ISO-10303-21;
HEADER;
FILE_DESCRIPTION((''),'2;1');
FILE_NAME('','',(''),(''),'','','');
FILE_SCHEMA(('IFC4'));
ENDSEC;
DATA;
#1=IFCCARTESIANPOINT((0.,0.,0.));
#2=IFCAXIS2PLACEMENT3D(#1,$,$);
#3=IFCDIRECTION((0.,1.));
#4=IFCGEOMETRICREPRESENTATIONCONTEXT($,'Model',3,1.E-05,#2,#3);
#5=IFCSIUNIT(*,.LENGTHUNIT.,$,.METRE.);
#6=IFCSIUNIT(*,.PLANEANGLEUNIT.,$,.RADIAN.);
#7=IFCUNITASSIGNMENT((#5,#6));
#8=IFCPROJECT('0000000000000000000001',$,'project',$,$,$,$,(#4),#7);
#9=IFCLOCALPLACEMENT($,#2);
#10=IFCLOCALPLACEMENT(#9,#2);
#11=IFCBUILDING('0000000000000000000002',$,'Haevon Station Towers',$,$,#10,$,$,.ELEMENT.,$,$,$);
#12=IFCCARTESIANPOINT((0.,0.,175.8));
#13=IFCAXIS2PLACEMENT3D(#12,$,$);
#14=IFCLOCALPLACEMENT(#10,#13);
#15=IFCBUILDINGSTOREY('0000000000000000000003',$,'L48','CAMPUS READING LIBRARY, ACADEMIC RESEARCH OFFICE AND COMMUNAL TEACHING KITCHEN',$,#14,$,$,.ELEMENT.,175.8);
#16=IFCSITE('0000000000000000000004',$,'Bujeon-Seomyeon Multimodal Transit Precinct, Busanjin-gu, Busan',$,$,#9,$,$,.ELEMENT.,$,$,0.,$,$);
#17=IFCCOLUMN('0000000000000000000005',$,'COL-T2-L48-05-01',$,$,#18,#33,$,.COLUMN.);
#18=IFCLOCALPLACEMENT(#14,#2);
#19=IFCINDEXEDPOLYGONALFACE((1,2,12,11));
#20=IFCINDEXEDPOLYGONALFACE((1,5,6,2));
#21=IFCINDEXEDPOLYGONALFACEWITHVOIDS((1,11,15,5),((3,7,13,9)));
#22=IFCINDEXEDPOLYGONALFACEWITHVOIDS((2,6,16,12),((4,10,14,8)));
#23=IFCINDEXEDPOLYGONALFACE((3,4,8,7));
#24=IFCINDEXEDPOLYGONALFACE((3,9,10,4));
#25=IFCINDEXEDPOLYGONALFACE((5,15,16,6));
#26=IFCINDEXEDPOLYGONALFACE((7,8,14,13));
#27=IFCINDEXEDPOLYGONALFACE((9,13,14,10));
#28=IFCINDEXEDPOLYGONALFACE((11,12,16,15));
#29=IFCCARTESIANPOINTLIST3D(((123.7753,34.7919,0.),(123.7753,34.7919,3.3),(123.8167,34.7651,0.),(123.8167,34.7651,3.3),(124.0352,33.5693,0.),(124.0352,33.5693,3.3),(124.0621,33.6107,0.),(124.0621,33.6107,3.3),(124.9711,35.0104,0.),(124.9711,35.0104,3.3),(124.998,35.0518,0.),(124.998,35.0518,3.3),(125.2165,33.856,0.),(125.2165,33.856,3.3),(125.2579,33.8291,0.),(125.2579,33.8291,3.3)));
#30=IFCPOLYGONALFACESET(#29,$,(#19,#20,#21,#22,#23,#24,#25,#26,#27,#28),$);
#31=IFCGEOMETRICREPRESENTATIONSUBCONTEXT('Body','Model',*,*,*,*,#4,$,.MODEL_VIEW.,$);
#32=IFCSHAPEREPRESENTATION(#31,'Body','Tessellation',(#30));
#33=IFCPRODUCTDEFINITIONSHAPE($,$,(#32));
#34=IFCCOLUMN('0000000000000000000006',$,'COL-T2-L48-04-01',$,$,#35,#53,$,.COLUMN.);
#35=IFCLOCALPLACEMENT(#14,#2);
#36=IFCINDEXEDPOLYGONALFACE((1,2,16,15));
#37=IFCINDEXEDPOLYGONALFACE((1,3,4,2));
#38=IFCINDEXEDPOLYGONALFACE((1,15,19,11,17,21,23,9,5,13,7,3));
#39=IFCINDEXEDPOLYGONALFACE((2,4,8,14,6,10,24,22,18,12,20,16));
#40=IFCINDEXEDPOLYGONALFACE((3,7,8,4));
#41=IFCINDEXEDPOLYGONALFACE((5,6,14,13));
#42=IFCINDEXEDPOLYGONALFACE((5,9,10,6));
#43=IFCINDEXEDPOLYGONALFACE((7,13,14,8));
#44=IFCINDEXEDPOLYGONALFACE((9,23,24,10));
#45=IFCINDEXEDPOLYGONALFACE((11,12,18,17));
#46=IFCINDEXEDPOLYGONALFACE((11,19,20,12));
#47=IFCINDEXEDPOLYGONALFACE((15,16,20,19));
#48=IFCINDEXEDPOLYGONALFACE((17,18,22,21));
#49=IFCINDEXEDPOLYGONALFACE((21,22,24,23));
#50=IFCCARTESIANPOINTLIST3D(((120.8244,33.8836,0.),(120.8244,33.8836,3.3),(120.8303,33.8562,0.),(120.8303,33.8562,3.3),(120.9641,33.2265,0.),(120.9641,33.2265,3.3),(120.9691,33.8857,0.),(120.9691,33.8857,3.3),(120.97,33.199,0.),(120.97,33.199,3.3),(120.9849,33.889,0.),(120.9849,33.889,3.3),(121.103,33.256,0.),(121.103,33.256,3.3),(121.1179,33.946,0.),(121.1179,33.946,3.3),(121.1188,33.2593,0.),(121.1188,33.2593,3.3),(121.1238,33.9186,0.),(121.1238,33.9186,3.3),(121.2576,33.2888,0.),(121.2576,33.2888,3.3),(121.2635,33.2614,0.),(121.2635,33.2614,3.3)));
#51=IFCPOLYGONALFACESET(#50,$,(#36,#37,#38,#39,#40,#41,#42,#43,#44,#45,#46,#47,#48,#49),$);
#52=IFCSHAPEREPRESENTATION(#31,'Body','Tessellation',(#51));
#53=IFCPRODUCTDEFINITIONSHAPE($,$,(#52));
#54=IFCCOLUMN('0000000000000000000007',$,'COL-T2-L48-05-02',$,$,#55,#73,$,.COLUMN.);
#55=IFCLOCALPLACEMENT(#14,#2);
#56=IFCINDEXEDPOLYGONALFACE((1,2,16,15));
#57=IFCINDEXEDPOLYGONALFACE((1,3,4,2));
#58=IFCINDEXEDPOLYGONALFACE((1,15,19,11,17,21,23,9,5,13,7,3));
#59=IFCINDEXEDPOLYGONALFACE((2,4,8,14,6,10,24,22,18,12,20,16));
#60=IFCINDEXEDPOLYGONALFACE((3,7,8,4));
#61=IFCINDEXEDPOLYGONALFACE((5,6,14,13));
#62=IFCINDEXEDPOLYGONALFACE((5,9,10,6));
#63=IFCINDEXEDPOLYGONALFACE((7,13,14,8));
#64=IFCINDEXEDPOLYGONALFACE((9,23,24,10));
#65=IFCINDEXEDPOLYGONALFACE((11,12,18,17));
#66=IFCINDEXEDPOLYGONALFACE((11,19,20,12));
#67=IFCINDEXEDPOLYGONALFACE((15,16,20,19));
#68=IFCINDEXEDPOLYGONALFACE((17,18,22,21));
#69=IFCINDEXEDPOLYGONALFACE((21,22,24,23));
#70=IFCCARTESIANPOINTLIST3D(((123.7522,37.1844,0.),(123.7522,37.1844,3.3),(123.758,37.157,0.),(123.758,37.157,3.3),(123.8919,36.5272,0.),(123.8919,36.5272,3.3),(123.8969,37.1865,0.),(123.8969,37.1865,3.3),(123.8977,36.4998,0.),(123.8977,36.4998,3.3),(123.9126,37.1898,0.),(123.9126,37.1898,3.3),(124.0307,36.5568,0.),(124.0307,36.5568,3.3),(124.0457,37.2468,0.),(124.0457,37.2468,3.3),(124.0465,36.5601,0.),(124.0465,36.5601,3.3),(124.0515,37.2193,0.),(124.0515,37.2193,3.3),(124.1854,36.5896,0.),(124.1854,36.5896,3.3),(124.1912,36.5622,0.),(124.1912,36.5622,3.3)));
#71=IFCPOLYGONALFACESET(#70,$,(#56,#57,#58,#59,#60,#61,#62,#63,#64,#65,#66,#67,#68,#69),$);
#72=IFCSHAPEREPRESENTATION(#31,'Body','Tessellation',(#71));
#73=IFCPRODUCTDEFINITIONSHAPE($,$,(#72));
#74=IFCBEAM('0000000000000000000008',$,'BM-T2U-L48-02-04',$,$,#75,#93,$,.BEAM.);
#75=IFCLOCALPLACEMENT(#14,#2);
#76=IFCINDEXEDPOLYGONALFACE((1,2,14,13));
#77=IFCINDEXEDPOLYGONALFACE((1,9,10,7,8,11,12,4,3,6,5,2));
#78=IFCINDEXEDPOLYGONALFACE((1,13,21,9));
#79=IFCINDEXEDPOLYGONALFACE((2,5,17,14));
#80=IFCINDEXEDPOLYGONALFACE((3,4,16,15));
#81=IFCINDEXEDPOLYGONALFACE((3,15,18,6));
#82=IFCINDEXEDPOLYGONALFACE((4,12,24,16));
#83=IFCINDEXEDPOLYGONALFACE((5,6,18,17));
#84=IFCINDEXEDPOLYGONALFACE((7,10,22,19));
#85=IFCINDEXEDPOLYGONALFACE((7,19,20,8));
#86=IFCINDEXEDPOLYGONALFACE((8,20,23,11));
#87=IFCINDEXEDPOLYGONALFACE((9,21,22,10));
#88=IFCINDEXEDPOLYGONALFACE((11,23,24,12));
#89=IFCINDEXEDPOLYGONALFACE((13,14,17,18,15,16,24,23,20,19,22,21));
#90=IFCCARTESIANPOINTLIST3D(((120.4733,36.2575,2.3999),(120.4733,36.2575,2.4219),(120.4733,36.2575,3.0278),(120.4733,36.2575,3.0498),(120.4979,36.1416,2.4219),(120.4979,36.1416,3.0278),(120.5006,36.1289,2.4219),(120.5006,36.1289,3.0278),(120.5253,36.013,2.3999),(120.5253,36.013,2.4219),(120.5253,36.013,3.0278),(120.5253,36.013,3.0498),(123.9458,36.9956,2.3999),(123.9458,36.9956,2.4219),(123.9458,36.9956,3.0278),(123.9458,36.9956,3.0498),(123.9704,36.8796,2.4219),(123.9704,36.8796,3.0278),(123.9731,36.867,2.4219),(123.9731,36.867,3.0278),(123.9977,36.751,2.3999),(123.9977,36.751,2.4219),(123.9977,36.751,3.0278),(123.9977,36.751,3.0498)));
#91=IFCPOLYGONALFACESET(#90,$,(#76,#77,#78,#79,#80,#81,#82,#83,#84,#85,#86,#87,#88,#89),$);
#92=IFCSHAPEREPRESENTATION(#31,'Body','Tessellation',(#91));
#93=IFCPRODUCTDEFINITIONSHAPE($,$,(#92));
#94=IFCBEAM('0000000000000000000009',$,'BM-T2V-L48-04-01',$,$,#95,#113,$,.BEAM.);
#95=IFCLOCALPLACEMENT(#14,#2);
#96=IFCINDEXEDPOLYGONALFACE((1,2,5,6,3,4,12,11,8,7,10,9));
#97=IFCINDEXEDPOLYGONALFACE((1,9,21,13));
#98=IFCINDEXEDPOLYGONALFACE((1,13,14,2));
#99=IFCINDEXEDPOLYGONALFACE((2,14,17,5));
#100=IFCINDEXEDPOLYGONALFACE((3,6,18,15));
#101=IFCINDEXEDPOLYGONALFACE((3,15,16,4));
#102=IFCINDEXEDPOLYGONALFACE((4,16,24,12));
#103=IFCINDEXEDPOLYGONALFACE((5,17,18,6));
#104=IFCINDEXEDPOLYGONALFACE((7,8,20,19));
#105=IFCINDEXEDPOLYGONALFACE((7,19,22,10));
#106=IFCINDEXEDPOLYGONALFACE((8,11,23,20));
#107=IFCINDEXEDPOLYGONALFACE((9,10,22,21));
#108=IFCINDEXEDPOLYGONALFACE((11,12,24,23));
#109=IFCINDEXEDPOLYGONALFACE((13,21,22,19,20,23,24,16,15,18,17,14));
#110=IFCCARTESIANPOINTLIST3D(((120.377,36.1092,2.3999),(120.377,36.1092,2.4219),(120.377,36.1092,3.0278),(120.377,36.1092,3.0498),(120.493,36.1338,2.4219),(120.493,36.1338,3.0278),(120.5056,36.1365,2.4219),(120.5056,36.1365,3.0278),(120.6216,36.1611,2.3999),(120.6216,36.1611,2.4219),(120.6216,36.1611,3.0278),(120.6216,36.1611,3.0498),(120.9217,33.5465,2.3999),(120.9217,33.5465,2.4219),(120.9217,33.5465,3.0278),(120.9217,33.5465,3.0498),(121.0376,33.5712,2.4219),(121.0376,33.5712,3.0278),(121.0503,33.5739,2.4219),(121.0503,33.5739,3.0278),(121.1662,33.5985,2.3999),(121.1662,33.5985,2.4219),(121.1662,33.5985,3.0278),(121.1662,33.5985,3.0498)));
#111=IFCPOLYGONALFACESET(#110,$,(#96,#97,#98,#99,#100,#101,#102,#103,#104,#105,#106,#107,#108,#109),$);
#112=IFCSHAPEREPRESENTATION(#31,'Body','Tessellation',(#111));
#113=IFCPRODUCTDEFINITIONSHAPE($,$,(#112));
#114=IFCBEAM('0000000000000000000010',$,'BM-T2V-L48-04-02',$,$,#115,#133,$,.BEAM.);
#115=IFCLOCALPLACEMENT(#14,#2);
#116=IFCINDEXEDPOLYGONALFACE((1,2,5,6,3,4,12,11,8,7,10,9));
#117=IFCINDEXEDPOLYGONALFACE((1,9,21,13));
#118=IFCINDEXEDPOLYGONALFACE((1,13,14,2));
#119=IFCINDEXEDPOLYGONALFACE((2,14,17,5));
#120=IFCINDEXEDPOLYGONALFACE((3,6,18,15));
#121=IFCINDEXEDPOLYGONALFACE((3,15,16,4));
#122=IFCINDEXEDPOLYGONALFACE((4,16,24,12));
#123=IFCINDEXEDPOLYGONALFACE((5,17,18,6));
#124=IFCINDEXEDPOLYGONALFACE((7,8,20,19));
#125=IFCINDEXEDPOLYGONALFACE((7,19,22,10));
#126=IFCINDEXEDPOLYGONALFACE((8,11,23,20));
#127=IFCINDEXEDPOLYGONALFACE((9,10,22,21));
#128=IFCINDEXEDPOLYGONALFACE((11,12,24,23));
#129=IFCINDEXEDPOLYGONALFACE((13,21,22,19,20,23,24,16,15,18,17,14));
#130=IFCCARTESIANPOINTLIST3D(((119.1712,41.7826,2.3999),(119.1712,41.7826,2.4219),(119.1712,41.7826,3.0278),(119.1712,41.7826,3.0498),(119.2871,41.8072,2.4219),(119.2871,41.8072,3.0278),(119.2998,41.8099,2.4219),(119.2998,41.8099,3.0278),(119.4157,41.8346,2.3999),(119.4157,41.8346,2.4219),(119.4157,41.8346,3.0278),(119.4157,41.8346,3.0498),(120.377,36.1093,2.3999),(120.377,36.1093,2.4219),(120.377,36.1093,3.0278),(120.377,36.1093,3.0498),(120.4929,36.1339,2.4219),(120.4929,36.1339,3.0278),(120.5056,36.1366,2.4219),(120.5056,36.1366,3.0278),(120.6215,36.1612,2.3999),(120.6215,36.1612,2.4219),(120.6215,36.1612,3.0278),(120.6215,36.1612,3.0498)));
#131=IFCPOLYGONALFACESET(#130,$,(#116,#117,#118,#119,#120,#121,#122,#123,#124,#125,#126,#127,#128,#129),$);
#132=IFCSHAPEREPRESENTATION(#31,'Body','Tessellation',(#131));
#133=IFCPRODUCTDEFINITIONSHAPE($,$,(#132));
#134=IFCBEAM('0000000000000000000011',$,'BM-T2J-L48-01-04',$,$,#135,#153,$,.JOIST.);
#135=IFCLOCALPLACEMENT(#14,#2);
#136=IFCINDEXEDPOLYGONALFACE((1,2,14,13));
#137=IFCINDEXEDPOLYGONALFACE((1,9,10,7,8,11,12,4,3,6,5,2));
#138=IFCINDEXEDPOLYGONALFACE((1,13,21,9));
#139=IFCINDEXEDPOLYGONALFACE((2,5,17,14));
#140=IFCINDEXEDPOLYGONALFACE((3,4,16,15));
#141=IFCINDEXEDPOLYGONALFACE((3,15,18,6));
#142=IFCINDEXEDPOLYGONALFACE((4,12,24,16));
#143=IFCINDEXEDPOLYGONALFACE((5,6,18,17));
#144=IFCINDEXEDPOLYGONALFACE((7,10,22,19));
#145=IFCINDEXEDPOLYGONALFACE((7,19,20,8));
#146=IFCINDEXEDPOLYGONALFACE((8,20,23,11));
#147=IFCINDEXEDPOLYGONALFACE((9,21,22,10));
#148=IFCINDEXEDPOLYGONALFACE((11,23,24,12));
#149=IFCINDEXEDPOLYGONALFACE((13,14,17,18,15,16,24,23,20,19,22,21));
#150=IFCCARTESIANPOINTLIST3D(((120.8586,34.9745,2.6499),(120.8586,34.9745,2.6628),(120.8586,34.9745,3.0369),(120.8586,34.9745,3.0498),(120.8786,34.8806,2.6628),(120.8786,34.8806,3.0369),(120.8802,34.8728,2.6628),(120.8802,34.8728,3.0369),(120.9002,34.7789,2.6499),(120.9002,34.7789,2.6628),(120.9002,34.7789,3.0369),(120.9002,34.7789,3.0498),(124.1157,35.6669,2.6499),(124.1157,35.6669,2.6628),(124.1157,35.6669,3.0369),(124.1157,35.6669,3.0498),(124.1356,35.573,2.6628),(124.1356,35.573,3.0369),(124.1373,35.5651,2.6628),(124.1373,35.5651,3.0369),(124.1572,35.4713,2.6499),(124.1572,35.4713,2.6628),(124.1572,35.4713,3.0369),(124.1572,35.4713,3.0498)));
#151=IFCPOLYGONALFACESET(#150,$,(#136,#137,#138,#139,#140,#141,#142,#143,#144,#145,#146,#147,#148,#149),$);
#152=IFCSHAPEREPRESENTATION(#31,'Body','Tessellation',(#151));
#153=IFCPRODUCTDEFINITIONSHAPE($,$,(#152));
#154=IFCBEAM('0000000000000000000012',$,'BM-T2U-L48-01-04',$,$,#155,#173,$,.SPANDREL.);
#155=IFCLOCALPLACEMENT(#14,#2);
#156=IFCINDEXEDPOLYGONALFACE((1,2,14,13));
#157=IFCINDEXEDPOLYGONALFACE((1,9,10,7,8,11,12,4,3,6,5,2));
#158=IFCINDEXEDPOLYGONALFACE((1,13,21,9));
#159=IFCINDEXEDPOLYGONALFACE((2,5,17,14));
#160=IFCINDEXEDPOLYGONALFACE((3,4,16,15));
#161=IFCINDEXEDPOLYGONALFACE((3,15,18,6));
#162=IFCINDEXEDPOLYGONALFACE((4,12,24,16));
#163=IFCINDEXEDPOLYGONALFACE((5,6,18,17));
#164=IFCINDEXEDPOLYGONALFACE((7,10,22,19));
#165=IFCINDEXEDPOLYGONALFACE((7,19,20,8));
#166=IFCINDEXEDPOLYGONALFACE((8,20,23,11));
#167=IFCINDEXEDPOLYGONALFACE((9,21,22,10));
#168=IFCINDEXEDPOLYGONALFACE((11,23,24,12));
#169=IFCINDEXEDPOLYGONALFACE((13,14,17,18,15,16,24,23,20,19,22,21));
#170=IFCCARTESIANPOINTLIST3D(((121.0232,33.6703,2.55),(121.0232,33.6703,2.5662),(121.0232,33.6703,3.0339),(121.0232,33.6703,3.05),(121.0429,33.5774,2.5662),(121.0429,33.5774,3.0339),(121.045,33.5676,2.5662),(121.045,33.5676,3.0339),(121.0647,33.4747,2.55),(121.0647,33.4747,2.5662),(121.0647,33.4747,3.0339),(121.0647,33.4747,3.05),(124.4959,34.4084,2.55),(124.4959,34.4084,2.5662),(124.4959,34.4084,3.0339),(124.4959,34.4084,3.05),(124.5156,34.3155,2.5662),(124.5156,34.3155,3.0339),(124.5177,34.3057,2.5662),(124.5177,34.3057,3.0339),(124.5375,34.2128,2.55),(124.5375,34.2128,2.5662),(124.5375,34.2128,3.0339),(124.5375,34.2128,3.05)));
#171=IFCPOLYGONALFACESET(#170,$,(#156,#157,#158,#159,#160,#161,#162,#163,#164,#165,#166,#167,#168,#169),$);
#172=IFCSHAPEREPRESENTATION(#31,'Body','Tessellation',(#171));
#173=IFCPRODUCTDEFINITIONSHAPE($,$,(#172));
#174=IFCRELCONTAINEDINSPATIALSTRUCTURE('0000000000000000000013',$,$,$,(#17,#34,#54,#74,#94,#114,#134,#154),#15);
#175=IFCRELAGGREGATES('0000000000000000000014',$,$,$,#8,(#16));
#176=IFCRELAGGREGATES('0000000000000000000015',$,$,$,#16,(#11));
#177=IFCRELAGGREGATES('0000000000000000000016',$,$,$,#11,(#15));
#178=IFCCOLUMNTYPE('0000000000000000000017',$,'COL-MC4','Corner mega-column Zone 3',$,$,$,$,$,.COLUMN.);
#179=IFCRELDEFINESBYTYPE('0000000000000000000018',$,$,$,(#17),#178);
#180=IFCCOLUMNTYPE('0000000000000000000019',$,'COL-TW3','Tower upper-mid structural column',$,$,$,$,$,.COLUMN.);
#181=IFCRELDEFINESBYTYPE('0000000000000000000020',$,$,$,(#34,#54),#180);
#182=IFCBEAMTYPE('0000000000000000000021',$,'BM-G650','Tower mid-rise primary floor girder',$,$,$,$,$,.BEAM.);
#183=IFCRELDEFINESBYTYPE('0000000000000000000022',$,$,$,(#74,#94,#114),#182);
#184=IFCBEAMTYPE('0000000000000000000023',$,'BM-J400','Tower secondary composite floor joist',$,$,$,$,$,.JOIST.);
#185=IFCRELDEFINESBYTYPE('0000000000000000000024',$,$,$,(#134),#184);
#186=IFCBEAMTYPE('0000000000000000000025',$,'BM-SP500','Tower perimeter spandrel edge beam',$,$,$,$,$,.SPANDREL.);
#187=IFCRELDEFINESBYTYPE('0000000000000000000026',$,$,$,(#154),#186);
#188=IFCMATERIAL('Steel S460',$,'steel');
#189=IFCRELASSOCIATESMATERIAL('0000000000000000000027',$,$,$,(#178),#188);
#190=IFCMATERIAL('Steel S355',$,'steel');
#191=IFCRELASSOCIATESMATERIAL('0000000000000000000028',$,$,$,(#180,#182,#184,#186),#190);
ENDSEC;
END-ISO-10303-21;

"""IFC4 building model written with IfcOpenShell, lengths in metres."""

from ifc_helpers import new_model, si_unit, direction, frame, origin, origin_2d, place, context, subcontext, project, spatial, hollow_rectangle, i_section, extrude, material, material_profile, profile_set, type_object, element, save


model = new_model("IFC4")

# Units and contexts
model_context = context("Model", 3, precision=1e-05, world=origin(), true_north=direction((0.0, 1.0)))
body_context = subcontext(model_context, "Body", "Model", "MODEL_VIEW")
ifc_project = project(units=[si_unit("LENGTHUNIT", "METRE"), si_unit("PLANEANGLEUNIT", "RADIAN")], contexts=[model_context])

# Site, building, storey
site_placement = place(None, origin())
site = spatial("IfcSite", under=ifc_project, at=site_placement, Name="Bujeon-Seomyeon Multimodal Transit Precinct, Busanjin-gu, Busan", CompositionType="ELEMENT", RefElevation=0.0)
building_placement = place(site_placement, origin())
building = spatial("IfcBuilding", under=site, at=building_placement, Name="Haevon Station Towers", CompositionType="ELEMENT")
storey_placement = place(building_placement, frame((0.0, 0.0, 175.8)))
storey = spatial("IfcBuildingStorey", under=building, at=storey_placement, Name="L48", Description="CAMPUS READING LIBRARY, ACADEMIC RESEARCH OFFICE AND COMMUNAL TEACHING KITCHEN", CompositionType="ELEMENT", Elevation=175.8)

# Columns
ifc_material_1 = material(Name="Steel S460", Category="steel")
ifc_material_profile_1 = material_profile(ifc_material_1, hollow_rectangle(XDim=1.25, YDim=1.25, WallThickness=0.0349, at=origin_2d()), Name="BOX-1250x1250x35")
ifc_profile_set_1 = profile_set([ifc_material_profile_1], Name="Steel S460")
column_type_1 = type_object("IfcColumnType", Name="COL-MC4", Description="Corner mega-column Zone 3", PredefinedType="COLUMN", material=ifc_profile_set_1)
column_placement = place(storey_placement, frame((124.5166, 34.3105, 0.0), z_axis=(0.0, 0.0, 1.0), x_axis=(0.978148, 0.207912, 0.0)))
element("IfcColumn", 1, at=column_placement, inside=storey, type_object=column_type_1, Name="COL-T2-L48-05-01", PredefinedType="COLUMN", context=body_context, shape_type="SweptSolid", body=[
    extrude(hollow_rectangle(XDim=1.25, YDim=1.25, WallThickness=0.0349, at=origin_2d()), origin(), (0.0, 0.0, 1.0), 3.3),
])
ifc_material_2 = material(Name="Steel S355", Category="steel")
ifc_material_profile_2 = material_profile(ifc_material_2, i_section(OverallWidth=0.3, OverallDepth=0.7, WebThickness=0.0161, FlangeThickness=0.0281, at=origin_2d()), Name="H-700x300x16x28")
ifc_profile_set_2 = profile_set([ifc_material_profile_2], Name="Steel S355")
column_type_2 = type_object("IfcColumnType", Name="COL-TW3", Description="Tower upper-mid structural column", PredefinedType="COLUMN", material=ifc_profile_set_2)
for number, where, z_axis, x_axis, name in (
    (2, (121.0439, 33.5725, 0.0), (0.0, 0.0, 1.0), (0.978148, 0.207912, 0.0), "COL-T2-L48-04-01"),
    (3, (123.9717, 36.8733, 0.0), (0.0, 0.0, 1.0), (0.978148, 0.207912, 0.0), "COL-T2-L48-05-02"),
):
    element("IfcColumn", number, at=place(storey_placement, frame(where, z_axis=z_axis, x_axis=x_axis)), inside=storey, type_object=column_type_2, Name=name, PredefinedType="COLUMN", context=body_context, shape_type="SweptSolid", body=[
        extrude(i_section(OverallWidth=0.3, OverallDepth=0.7, WebThickness=0.0161, FlangeThickness=0.0281, at=origin_2d()), origin(), (0.0, 0.0, 1.0), 3.3),
    ])

# Beams
ifc_material_profile_3 = material_profile(ifc_material_2, i_section(OverallWidth=0.25, OverallDepth=0.6499, WebThickness=0.0129, FlangeThickness=0.022, at=origin_2d()), Name="H-650x250x13x22")
ifc_profile_set_3 = profile_set([ifc_material_profile_3], Name="Steel S355")
beam_type_1 = type_object("IfcBeamType", Name="BM-G650", Description="Tower mid-rise primary floor girder", PredefinedType="BEAM", material=ifc_profile_set_3)
beam_1_placement = place(storey_placement, frame((120.4993, 36.1353, 2.7249), z_axis=(0.97815, 0.207899, 0.0), x_axis=(-0.207899, 0.97815, 0.0)))
element("IfcBeam", 4, at=beam_1_placement, inside=storey, type_object=beam_type_1, Name="BM-T2U-L48-02-04", PredefinedType="BEAM", context=body_context, shape_type="SweptSolid", body=[
    extrude(i_section(OverallWidth=0.25, OverallDepth=0.6499, WebThickness=0.0129, FlangeThickness=0.022, at=origin_2d()), origin(), (0.0, 0.0, 1.0), 3.55),
])
beam_2_placement = place(storey_placement, frame((121.0439, 33.5725, 2.7249), z_axis=(-0.207893, 0.978152, 0.0), x_axis=(-0.978152, -0.207893, 0.0)))
element("IfcBeam", 5, at=beam_2_placement, inside=storey, type_object=beam_type_1, Name="BM-T2V-L48-04-01", PredefinedType="BEAM", context=body_context, shape_type="SweptSolid", body=[
    extrude(i_section(OverallWidth=0.25, OverallDepth=0.6499, WebThickness=0.0129, FlangeThickness=0.022, at=origin_2d()), origin(), (0.0, 0.0, 1.0), 2.6199),
])
beam_3_placement = place(storey_placement, frame((120.4993, 36.1353, 2.7249), z_axis=(-0.207896, 0.978151, 0.0), x_axis=(-0.978151, -0.207896, 0.0)))
element("IfcBeam", 6, at=beam_3_placement, inside=storey, type_object=beam_type_1, Name="BM-T2V-L48-04-02", PredefinedType="BEAM", context=body_context, shape_type="SweptSolid", body=[
    extrude(i_section(OverallWidth=0.25, OverallDepth=0.6499, WebThickness=0.0129, FlangeThickness=0.022, at=origin_2d()), origin(), (0.0, 0.0, 1.0), 5.8),
])
ifc_material_profile_4 = material_profile(ifc_material_2, i_section(OverallWidth=0.2, OverallDepth=0.3999, WebThickness=0.0081, FlangeThickness=0.0129, at=origin_2d()), Name="H-400x200x8x13")
ifc_profile_set_4 = profile_set([ifc_material_profile_4], Name="Steel S355")
beam_type_2 = type_object("IfcBeamType", Name="BM-J400", Description="Tower secondary composite floor joist", PredefinedType="JOIST", material=ifc_profile_set_4)
beam_4_placement = place(storey_placement, frame((120.8794, 34.8767, 2.8499), z_axis=(0.978143, 0.207932, 0.0), x_axis=(-0.207932, 0.978143, 0.0)))
element("IfcBeam", 7, at=beam_4_placement, inside=storey, type_object=beam_type_2, Name="BM-T2J-L48-01-04", PredefinedType="JOIST", context=body_context, shape_type="SweptSolid", body=[
    extrude(i_section(OverallWidth=0.2, OverallDepth=0.3999, WebThickness=0.0081, FlangeThickness=0.0129, at=origin_2d()), origin(), (0.0, 0.0, 1.0), 3.3298),
])
ifc_material_profile_5 = material_profile(ifc_material_2, i_section(OverallWidth=0.2, OverallDepth=0.5, WebThickness=0.01, FlangeThickness=0.0161, at=origin_2d()), Name="H-500x200x10x16")
ifc_profile_set_5 = profile_set([ifc_material_profile_5], Name="Steel S355")
beam_type_3 = type_object("IfcBeamType", Name="BM-SP500", Description="Tower perimeter spandrel edge beam", PredefinedType="SPANDREL", material=ifc_profile_set_5)
beam_5_placement = place(storey_placement, frame((121.0439, 33.5725, 2.8), z_axis=(0.978153, 0.207885, 0.0), x_axis=(-0.207885, 0.978153, 0.0)))
element("IfcBeam", 8, at=beam_5_placement, inside=storey, type_object=beam_type_3, Name="BM-T2U-L48-01-04", PredefinedType="SPANDREL", context=body_context, shape_type="SweptSolid", body=[
    extrude(i_section(OverallWidth=0.2, OverallDepth=0.5, WebThickness=0.01, FlangeThickness=0.0161, at=origin_2d()), origin(), (0.0, 0.0, 1.0), 3.5503),
])

save(model, "model.ifc")
